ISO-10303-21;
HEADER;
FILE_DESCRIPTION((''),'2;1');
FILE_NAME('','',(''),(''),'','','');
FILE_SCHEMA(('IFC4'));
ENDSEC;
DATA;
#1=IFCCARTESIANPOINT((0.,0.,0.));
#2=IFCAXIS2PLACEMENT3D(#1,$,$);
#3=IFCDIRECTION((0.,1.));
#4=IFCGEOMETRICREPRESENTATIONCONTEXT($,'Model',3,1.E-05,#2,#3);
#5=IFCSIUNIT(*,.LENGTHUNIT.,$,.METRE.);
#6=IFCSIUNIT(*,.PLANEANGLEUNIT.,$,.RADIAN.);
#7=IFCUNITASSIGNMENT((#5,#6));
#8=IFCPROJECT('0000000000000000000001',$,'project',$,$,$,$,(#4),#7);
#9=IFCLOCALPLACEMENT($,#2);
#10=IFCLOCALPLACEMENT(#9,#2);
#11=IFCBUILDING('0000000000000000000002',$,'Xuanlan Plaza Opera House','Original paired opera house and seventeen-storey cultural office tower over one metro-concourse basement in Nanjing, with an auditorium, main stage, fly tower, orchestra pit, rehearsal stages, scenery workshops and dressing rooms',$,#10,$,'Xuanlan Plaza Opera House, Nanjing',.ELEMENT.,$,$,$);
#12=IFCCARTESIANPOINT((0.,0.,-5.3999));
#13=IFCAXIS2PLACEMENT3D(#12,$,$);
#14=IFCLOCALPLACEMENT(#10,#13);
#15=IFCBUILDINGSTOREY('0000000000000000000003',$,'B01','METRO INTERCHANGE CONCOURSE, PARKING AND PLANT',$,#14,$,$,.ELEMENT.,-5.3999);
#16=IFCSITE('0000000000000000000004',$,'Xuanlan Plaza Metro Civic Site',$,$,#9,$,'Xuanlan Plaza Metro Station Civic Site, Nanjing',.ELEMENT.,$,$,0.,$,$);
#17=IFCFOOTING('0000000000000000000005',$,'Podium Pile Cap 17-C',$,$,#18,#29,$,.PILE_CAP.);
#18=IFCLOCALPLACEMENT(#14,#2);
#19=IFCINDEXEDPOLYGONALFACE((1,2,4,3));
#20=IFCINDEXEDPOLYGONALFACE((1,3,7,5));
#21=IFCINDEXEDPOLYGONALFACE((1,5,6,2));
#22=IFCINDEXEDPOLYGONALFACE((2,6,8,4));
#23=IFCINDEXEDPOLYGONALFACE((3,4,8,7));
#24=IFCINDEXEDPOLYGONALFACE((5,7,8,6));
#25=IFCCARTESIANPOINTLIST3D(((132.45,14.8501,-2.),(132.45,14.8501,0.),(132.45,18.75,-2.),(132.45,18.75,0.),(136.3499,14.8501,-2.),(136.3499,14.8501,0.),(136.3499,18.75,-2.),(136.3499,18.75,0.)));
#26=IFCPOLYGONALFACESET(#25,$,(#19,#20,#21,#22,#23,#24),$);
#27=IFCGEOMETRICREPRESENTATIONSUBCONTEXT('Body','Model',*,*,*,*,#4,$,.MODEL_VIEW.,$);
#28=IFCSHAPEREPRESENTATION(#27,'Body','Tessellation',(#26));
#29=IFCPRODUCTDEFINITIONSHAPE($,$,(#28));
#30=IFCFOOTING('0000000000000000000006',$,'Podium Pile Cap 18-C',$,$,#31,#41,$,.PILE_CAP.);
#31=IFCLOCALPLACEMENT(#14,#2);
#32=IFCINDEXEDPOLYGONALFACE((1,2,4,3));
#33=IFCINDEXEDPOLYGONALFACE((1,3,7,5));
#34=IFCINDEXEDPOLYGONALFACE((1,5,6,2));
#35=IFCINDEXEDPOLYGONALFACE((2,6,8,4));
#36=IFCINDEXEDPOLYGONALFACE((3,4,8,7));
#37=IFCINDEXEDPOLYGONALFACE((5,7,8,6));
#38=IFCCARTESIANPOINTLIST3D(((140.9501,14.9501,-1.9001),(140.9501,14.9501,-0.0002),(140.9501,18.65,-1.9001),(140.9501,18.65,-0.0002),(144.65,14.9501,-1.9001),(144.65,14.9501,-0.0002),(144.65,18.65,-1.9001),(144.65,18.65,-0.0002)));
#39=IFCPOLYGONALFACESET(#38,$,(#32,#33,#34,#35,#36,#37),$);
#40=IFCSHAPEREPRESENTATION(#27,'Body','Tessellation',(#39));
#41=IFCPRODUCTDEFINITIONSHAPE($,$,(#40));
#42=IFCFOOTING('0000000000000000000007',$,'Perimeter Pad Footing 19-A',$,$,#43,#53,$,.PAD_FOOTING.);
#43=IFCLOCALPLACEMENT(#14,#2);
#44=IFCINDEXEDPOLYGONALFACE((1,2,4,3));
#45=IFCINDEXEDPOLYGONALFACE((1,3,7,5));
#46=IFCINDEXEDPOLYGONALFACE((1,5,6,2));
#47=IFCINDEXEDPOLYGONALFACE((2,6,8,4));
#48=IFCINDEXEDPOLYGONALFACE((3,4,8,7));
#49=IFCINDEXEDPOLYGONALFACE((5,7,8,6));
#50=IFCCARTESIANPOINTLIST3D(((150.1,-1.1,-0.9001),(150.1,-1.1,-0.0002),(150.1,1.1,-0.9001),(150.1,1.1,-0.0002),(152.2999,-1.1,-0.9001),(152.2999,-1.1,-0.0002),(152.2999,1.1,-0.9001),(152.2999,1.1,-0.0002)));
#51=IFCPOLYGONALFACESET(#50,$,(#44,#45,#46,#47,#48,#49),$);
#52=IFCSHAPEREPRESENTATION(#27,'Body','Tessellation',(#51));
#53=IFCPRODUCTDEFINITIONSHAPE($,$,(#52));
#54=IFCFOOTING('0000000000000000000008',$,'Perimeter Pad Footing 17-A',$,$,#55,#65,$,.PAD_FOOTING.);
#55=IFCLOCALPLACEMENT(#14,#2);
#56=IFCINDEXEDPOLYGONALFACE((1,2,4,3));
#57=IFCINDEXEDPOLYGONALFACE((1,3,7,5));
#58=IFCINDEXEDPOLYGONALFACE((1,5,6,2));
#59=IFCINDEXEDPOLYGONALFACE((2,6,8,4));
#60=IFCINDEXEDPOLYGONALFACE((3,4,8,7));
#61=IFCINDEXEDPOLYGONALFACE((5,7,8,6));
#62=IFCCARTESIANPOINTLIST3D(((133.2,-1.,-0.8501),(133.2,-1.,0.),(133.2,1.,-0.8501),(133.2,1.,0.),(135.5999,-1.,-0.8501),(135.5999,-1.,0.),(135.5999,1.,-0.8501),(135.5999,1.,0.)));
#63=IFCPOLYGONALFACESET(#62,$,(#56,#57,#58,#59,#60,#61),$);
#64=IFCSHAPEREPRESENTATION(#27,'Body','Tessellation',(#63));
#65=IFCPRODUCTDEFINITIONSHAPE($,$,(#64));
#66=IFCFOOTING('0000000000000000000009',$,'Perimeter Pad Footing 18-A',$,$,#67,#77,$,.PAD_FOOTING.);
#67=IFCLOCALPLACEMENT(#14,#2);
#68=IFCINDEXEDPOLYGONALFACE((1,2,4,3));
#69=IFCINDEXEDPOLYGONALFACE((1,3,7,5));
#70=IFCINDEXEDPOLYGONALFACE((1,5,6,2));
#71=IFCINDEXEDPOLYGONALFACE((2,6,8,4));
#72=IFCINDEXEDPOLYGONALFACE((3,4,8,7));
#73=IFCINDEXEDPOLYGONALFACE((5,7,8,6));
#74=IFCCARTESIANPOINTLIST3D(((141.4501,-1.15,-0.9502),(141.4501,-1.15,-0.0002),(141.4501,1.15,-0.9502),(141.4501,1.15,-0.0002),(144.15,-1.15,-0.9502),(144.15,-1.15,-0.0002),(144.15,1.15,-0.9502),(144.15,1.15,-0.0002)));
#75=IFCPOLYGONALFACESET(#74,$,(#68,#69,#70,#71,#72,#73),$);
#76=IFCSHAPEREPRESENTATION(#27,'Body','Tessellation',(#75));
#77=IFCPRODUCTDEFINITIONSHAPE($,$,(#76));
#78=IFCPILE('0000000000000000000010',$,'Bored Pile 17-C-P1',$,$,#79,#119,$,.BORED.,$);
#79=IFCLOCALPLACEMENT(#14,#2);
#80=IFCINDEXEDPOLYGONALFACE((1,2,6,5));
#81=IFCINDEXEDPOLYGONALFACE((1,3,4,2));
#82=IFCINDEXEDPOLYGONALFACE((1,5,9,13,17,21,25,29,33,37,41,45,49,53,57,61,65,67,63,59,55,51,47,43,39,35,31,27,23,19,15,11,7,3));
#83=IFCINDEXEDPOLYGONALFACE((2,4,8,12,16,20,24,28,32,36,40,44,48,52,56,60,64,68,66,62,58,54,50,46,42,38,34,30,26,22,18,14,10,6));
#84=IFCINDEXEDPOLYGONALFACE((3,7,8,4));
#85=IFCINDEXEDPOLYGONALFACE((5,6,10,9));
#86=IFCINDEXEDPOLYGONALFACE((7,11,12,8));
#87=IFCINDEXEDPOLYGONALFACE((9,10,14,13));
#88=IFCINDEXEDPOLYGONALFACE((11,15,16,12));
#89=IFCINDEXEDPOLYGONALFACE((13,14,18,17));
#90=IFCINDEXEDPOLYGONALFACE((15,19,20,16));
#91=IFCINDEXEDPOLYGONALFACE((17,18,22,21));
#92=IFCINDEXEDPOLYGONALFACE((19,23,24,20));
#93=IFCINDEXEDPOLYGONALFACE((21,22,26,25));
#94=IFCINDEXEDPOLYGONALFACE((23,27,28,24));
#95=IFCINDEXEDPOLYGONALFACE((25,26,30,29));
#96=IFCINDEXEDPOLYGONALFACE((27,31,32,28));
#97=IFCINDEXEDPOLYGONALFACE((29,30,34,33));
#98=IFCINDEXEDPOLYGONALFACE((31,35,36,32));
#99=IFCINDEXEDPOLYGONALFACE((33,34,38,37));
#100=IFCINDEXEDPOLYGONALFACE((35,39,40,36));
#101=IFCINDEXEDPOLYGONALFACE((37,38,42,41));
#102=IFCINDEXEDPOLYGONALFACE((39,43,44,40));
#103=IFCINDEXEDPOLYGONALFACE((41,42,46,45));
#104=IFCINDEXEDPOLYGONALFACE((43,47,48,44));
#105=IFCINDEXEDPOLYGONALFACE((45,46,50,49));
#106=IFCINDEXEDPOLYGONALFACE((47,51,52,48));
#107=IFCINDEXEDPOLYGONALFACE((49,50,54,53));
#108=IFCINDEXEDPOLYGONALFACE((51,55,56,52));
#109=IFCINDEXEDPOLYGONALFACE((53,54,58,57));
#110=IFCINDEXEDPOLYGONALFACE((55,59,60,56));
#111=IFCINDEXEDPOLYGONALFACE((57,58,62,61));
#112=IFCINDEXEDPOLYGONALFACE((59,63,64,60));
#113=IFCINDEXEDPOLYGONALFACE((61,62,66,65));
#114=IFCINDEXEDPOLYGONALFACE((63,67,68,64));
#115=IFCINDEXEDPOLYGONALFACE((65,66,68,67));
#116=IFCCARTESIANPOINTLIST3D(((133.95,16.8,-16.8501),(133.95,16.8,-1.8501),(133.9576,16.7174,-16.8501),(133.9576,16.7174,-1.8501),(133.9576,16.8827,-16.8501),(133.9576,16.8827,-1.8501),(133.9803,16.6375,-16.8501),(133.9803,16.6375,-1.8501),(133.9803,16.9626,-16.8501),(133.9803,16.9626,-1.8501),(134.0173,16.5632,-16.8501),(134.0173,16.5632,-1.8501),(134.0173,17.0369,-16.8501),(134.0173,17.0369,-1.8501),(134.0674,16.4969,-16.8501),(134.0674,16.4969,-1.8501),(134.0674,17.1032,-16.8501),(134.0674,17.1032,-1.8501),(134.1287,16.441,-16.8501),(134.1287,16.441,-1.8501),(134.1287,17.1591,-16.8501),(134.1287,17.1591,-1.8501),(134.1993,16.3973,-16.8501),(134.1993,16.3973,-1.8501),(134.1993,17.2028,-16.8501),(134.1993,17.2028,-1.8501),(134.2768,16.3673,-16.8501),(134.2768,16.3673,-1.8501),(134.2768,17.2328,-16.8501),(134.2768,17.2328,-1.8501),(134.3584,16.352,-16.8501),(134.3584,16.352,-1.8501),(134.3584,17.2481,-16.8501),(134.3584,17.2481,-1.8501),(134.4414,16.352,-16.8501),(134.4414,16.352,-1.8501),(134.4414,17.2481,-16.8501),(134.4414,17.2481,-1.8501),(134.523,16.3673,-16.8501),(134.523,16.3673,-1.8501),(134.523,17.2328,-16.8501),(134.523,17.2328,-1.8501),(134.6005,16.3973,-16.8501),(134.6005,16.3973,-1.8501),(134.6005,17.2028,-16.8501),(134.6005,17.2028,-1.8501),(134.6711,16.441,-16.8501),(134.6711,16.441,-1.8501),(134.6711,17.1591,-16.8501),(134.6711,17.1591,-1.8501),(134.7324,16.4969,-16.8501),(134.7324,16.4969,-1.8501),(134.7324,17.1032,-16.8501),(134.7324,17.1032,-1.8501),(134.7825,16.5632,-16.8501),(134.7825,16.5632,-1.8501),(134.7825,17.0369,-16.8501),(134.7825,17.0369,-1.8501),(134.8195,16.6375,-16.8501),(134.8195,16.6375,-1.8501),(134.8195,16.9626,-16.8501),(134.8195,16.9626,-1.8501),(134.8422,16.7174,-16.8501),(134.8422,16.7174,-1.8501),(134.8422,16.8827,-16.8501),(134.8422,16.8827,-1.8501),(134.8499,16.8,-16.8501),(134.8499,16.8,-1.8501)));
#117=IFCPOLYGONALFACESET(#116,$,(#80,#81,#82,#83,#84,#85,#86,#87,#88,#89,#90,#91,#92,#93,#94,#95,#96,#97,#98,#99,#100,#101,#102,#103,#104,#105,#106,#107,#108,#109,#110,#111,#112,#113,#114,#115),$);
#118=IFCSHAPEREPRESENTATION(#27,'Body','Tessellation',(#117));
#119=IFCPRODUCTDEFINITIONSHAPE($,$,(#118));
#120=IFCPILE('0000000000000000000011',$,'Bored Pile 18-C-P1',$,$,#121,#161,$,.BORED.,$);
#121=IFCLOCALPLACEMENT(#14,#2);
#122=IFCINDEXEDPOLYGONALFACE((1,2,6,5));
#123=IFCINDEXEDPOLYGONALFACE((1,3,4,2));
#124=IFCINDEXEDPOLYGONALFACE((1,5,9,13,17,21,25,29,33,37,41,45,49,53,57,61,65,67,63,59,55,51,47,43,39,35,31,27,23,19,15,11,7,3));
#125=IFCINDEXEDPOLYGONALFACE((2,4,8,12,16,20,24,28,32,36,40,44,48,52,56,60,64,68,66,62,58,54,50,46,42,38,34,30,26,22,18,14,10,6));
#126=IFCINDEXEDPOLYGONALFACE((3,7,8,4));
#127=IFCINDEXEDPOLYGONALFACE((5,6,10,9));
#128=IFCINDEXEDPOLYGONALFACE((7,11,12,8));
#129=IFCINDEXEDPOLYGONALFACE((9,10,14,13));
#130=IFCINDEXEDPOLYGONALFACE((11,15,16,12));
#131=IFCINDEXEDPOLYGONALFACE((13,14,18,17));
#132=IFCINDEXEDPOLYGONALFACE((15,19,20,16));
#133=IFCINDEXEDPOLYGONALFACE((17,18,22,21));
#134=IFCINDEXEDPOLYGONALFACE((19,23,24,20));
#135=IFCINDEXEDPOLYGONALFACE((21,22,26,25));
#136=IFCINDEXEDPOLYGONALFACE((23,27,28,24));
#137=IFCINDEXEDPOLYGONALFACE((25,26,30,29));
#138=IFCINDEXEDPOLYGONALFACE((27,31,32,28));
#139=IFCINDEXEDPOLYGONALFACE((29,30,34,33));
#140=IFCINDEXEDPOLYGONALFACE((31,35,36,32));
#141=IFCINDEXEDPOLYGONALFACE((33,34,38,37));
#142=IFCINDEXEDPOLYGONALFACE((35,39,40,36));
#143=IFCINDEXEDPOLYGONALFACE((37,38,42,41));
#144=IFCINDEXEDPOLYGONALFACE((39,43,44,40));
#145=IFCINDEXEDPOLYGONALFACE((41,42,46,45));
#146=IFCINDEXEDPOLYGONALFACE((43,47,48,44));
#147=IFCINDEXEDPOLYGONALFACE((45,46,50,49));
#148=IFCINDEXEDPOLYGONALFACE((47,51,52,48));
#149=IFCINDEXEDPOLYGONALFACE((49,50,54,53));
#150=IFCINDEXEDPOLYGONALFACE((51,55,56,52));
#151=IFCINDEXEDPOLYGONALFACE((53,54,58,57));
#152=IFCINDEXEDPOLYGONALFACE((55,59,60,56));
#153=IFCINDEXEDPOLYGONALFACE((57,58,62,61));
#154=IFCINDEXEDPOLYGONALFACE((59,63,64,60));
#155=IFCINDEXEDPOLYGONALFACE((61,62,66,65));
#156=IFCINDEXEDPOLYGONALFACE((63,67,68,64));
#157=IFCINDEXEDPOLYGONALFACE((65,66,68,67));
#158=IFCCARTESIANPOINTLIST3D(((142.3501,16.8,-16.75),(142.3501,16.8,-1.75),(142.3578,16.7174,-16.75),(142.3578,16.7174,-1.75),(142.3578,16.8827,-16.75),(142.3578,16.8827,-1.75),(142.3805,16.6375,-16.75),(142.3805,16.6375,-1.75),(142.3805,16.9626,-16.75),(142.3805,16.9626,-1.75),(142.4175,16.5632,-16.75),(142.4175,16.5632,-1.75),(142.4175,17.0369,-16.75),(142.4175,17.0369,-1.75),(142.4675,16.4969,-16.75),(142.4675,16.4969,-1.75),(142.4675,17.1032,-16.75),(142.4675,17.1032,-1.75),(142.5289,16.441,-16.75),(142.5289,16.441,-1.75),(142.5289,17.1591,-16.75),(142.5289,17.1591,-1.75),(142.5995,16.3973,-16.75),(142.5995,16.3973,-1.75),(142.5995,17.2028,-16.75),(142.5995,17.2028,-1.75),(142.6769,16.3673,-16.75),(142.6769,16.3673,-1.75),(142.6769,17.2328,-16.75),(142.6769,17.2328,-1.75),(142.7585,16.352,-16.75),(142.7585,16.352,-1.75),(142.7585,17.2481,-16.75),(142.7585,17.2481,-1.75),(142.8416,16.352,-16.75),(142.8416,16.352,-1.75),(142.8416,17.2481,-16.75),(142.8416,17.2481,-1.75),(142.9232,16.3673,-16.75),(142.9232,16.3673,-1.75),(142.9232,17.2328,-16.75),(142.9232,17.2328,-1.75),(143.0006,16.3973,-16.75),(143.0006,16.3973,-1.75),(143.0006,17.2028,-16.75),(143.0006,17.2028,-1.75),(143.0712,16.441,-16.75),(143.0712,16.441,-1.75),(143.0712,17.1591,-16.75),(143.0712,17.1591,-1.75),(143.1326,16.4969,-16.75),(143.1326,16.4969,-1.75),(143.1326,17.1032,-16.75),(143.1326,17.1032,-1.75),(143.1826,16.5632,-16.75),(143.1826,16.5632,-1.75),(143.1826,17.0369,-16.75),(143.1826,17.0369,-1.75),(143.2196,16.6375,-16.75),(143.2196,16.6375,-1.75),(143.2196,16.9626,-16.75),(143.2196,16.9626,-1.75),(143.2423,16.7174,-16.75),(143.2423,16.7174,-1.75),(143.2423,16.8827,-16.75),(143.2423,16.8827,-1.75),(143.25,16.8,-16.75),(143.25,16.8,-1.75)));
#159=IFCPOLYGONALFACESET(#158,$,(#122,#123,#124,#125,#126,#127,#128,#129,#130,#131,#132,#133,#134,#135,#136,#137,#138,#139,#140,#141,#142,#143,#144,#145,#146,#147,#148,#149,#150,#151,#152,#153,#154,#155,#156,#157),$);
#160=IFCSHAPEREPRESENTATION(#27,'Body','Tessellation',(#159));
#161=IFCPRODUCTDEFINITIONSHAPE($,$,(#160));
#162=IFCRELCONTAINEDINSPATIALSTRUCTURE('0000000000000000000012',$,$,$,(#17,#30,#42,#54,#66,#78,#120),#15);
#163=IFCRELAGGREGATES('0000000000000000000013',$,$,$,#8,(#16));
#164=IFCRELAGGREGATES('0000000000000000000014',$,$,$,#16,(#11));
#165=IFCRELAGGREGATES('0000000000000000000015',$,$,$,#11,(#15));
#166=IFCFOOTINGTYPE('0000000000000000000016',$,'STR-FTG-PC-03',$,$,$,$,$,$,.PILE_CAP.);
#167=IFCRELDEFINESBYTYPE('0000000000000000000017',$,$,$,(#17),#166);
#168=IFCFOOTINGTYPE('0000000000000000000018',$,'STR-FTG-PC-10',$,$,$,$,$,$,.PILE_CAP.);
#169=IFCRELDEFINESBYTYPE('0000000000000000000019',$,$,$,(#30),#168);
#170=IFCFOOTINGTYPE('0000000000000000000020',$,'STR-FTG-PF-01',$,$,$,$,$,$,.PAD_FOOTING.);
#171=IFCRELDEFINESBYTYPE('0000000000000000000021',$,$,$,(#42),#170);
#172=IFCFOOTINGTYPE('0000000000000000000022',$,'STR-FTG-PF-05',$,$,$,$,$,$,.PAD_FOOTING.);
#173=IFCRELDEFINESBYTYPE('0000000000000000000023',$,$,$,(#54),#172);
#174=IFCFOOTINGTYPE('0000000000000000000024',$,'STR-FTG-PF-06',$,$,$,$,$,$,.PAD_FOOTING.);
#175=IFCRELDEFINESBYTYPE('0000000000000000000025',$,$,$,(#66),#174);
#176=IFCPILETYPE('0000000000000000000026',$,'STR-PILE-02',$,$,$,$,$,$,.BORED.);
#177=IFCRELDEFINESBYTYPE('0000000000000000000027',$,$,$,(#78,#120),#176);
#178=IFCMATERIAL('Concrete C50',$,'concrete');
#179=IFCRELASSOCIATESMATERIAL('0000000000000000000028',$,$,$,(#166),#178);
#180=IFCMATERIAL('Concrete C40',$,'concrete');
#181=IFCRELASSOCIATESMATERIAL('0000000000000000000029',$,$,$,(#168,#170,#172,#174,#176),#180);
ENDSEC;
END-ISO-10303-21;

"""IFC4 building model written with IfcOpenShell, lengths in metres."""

from ifc_helpers import new_model, si_unit, direction, frame, origin, origin_2d, place, context, subcontext, project, spatial, rectangle, circle, extrude, material, material_profile, profile_set, type_object, element, save


model = new_model("IFC4")

# Units and contexts
model_context = context("Model", 3, precision=1e-05, world=origin(), true_north=direction((0.0, 1.0)))
body_context = subcontext(model_context, "Body", "Model", "MODEL_VIEW")
ifc_project = project(units=[si_unit("LENGTHUNIT", "METRE"), si_unit("PLANEANGLEUNIT", "RADIAN")], contexts=[model_context])

# Site, building, storey
site_placement = place(None, origin())
site = spatial("IfcSite", under=ifc_project, at=site_placement, Name="Xuanlan Plaza Metro Civic Site", LongName="Xuanlan Plaza Metro Station Civic Site, Nanjing", CompositionType="ELEMENT", RefElevation=0.0)
building_placement = place(site_placement, origin())
building = spatial("IfcBuilding", under=site, at=building_placement, Name="Xuanlan Plaza Opera House", Description="Original paired opera house and seventeen-storey cultural office tower over one metro-concourse basement in Nanjing, with an auditorium, main stage, fly tower, orchestra pit, rehearsal stages, scenery workshops and dressing rooms", LongName="Xuanlan Plaza Opera House, Nanjing", CompositionType="ELEMENT")
storey_placement = place(building_placement, frame((0.0, 0.0, -5.3999)))
storey = spatial("IfcBuildingStorey", under=building, at=storey_placement, Name="B01", Description="METRO INTERCHANGE CONCOURSE, PARKING AND PLANT", CompositionType="ELEMENT", Elevation=-5.3999)

# Footings
ifc_material_1 = material(Name="Concrete C50", Category="concrete")
footing_type_1 = type_object("IfcFootingType", Name="STR-FTG-PC-03", PredefinedType="PILE_CAP", material=ifc_material_1)
footing_1_placement = place(storey_placement, frame((134.3999, 16.8, -2.0), z_axis=(0.0, 0.0, 1.0), x_axis=(1.0, 0.0, 0.0)))
element("IfcFooting", 1, at=footing_1_placement, inside=storey, type_object=footing_type_1, Name="Podium Pile Cap 17-C", PredefinedType="PILE_CAP", context=body_context, shape_type="SweptSolid", body=[
    extrude(rectangle(XDim=3.8999, YDim=3.8999, at=origin_2d()), origin(), (0.0, 0.0, 1.0), 2.0),
])
ifc_material_2 = material(Name="Concrete C40", Category="concrete")
footing_type_2 = type_object("IfcFootingType", Name="STR-FTG-PC-10", PredefinedType="PILE_CAP", material=ifc_material_2)
footing_2_placement = place(storey_placement, frame((142.8, 16.8, -1.9001), z_axis=(0.0, 0.0, 1.0), x_axis=(1.0, 0.0, 0.0)))
element("IfcFooting", 2, at=footing_2_placement, inside=storey, type_object=footing_type_2, Name="Podium Pile Cap 18-C", PredefinedType="PILE_CAP", context=body_context, shape_type="SweptSolid", body=[
    extrude(rectangle(XDim=3.7, YDim=3.7, at=origin_2d()), origin(), (0.0, 0.0, 1.0), 1.8999),
])
footing_type_3 = type_object("IfcFootingType", Name="STR-FTG-PF-01", PredefinedType="PAD_FOOTING", material=ifc_material_2)
footing_3_placement = place(storey_placement, frame((151.2, 0.0, -0.9001), z_axis=(0.0, 0.0, 1.0), x_axis=(1.0, 0.0, 0.0)))
element("IfcFooting", 3, at=footing_3_placement, inside=storey, type_object=footing_type_3, Name="Perimeter Pad Footing 19-A", PredefinedType="PAD_FOOTING", context=body_context, shape_type="SweptSolid", body=[
    extrude(rectangle(XDim=2.2, YDim=2.2, at=origin_2d()), origin(), (0.0, 0.0, 1.0), 0.8999),
])
footing_type_4 = type_object("IfcFootingType", Name="STR-FTG-PF-05", PredefinedType="PAD_FOOTING", material=ifc_material_2)
footing_4_placement = place(storey_placement, frame((134.3999, 0.0, -0.8501), z_axis=(0.0, 0.0, 1.0), x_axis=(1.0, 0.0, 0.0)))
element("IfcFooting", 4, at=footing_4_placement, inside=storey, type_object=footing_type_4, Name="Perimeter Pad Footing 17-A", PredefinedType="PAD_FOOTING", context=body_context, shape_type="SweptSolid", body=[
    extrude(rectangle(XDim=2.3999, YDim=2.0, at=origin_2d()), origin(), (0.0, 0.0, 1.0), 0.8501),
])
footing_type_5 = type_object("IfcFootingType", Name="STR-FTG-PF-06", PredefinedType="PAD_FOOTING", material=ifc_material_2)
footing_5_placement = place(storey_placement, frame((142.8, 0.0, -0.9502), z_axis=(0.0, 0.0, 1.0), x_axis=(1.0, 0.0, 0.0)))
element("IfcFooting", 5, at=footing_5_placement, inside=storey, type_object=footing_type_5, Name="Perimeter Pad Footing 18-A", PredefinedType="PAD_FOOTING", context=body_context, shape_type="SweptSolid", body=[
    extrude(rectangle(XDim=2.7, YDim=2.3, at=origin_2d()), origin(), (0.0, 0.0, 1.0), 0.95),
])

# Piles
ifc_material_profile_1 = material_profile(ifc_material_2, circle(Radius=0.45, at=origin_2d()), Name="PILE D900")
ifc_profile_set_1 = profile_set([ifc_material_profile_1], Name="Concrete C40")
pile_type_1 = type_object("IfcPileType", Name="STR-PILE-02", PredefinedType="BORED", material=ifc_profile_set_1)
for number, where, z_axis, x_axis, name in (
    (6, (134.3999, 16.8, -1.8501), (0.0, 0.0, -1.0), (1.0, 0.0, 0.0), "Bored Pile 17-C-P1"),
    (7, (142.8, 16.8, -1.75), (0.0, 0.0, -1.0), (1.0, 0.0, 0.0), "Bored Pile 18-C-P1"),
):
    element("IfcPile", number, at=place(storey_placement, frame(where, z_axis=z_axis, x_axis=x_axis)), inside=storey, type_object=pile_type_1, Name=name, PredefinedType="BORED", context=body_context, shape_type="SweptSolid", body=[
        extrude(circle(Radius=0.45, at=origin_2d()), origin(), (0.0, 0.0, 1.0), 15.0),
    ])

save(model, "model.ifc")
